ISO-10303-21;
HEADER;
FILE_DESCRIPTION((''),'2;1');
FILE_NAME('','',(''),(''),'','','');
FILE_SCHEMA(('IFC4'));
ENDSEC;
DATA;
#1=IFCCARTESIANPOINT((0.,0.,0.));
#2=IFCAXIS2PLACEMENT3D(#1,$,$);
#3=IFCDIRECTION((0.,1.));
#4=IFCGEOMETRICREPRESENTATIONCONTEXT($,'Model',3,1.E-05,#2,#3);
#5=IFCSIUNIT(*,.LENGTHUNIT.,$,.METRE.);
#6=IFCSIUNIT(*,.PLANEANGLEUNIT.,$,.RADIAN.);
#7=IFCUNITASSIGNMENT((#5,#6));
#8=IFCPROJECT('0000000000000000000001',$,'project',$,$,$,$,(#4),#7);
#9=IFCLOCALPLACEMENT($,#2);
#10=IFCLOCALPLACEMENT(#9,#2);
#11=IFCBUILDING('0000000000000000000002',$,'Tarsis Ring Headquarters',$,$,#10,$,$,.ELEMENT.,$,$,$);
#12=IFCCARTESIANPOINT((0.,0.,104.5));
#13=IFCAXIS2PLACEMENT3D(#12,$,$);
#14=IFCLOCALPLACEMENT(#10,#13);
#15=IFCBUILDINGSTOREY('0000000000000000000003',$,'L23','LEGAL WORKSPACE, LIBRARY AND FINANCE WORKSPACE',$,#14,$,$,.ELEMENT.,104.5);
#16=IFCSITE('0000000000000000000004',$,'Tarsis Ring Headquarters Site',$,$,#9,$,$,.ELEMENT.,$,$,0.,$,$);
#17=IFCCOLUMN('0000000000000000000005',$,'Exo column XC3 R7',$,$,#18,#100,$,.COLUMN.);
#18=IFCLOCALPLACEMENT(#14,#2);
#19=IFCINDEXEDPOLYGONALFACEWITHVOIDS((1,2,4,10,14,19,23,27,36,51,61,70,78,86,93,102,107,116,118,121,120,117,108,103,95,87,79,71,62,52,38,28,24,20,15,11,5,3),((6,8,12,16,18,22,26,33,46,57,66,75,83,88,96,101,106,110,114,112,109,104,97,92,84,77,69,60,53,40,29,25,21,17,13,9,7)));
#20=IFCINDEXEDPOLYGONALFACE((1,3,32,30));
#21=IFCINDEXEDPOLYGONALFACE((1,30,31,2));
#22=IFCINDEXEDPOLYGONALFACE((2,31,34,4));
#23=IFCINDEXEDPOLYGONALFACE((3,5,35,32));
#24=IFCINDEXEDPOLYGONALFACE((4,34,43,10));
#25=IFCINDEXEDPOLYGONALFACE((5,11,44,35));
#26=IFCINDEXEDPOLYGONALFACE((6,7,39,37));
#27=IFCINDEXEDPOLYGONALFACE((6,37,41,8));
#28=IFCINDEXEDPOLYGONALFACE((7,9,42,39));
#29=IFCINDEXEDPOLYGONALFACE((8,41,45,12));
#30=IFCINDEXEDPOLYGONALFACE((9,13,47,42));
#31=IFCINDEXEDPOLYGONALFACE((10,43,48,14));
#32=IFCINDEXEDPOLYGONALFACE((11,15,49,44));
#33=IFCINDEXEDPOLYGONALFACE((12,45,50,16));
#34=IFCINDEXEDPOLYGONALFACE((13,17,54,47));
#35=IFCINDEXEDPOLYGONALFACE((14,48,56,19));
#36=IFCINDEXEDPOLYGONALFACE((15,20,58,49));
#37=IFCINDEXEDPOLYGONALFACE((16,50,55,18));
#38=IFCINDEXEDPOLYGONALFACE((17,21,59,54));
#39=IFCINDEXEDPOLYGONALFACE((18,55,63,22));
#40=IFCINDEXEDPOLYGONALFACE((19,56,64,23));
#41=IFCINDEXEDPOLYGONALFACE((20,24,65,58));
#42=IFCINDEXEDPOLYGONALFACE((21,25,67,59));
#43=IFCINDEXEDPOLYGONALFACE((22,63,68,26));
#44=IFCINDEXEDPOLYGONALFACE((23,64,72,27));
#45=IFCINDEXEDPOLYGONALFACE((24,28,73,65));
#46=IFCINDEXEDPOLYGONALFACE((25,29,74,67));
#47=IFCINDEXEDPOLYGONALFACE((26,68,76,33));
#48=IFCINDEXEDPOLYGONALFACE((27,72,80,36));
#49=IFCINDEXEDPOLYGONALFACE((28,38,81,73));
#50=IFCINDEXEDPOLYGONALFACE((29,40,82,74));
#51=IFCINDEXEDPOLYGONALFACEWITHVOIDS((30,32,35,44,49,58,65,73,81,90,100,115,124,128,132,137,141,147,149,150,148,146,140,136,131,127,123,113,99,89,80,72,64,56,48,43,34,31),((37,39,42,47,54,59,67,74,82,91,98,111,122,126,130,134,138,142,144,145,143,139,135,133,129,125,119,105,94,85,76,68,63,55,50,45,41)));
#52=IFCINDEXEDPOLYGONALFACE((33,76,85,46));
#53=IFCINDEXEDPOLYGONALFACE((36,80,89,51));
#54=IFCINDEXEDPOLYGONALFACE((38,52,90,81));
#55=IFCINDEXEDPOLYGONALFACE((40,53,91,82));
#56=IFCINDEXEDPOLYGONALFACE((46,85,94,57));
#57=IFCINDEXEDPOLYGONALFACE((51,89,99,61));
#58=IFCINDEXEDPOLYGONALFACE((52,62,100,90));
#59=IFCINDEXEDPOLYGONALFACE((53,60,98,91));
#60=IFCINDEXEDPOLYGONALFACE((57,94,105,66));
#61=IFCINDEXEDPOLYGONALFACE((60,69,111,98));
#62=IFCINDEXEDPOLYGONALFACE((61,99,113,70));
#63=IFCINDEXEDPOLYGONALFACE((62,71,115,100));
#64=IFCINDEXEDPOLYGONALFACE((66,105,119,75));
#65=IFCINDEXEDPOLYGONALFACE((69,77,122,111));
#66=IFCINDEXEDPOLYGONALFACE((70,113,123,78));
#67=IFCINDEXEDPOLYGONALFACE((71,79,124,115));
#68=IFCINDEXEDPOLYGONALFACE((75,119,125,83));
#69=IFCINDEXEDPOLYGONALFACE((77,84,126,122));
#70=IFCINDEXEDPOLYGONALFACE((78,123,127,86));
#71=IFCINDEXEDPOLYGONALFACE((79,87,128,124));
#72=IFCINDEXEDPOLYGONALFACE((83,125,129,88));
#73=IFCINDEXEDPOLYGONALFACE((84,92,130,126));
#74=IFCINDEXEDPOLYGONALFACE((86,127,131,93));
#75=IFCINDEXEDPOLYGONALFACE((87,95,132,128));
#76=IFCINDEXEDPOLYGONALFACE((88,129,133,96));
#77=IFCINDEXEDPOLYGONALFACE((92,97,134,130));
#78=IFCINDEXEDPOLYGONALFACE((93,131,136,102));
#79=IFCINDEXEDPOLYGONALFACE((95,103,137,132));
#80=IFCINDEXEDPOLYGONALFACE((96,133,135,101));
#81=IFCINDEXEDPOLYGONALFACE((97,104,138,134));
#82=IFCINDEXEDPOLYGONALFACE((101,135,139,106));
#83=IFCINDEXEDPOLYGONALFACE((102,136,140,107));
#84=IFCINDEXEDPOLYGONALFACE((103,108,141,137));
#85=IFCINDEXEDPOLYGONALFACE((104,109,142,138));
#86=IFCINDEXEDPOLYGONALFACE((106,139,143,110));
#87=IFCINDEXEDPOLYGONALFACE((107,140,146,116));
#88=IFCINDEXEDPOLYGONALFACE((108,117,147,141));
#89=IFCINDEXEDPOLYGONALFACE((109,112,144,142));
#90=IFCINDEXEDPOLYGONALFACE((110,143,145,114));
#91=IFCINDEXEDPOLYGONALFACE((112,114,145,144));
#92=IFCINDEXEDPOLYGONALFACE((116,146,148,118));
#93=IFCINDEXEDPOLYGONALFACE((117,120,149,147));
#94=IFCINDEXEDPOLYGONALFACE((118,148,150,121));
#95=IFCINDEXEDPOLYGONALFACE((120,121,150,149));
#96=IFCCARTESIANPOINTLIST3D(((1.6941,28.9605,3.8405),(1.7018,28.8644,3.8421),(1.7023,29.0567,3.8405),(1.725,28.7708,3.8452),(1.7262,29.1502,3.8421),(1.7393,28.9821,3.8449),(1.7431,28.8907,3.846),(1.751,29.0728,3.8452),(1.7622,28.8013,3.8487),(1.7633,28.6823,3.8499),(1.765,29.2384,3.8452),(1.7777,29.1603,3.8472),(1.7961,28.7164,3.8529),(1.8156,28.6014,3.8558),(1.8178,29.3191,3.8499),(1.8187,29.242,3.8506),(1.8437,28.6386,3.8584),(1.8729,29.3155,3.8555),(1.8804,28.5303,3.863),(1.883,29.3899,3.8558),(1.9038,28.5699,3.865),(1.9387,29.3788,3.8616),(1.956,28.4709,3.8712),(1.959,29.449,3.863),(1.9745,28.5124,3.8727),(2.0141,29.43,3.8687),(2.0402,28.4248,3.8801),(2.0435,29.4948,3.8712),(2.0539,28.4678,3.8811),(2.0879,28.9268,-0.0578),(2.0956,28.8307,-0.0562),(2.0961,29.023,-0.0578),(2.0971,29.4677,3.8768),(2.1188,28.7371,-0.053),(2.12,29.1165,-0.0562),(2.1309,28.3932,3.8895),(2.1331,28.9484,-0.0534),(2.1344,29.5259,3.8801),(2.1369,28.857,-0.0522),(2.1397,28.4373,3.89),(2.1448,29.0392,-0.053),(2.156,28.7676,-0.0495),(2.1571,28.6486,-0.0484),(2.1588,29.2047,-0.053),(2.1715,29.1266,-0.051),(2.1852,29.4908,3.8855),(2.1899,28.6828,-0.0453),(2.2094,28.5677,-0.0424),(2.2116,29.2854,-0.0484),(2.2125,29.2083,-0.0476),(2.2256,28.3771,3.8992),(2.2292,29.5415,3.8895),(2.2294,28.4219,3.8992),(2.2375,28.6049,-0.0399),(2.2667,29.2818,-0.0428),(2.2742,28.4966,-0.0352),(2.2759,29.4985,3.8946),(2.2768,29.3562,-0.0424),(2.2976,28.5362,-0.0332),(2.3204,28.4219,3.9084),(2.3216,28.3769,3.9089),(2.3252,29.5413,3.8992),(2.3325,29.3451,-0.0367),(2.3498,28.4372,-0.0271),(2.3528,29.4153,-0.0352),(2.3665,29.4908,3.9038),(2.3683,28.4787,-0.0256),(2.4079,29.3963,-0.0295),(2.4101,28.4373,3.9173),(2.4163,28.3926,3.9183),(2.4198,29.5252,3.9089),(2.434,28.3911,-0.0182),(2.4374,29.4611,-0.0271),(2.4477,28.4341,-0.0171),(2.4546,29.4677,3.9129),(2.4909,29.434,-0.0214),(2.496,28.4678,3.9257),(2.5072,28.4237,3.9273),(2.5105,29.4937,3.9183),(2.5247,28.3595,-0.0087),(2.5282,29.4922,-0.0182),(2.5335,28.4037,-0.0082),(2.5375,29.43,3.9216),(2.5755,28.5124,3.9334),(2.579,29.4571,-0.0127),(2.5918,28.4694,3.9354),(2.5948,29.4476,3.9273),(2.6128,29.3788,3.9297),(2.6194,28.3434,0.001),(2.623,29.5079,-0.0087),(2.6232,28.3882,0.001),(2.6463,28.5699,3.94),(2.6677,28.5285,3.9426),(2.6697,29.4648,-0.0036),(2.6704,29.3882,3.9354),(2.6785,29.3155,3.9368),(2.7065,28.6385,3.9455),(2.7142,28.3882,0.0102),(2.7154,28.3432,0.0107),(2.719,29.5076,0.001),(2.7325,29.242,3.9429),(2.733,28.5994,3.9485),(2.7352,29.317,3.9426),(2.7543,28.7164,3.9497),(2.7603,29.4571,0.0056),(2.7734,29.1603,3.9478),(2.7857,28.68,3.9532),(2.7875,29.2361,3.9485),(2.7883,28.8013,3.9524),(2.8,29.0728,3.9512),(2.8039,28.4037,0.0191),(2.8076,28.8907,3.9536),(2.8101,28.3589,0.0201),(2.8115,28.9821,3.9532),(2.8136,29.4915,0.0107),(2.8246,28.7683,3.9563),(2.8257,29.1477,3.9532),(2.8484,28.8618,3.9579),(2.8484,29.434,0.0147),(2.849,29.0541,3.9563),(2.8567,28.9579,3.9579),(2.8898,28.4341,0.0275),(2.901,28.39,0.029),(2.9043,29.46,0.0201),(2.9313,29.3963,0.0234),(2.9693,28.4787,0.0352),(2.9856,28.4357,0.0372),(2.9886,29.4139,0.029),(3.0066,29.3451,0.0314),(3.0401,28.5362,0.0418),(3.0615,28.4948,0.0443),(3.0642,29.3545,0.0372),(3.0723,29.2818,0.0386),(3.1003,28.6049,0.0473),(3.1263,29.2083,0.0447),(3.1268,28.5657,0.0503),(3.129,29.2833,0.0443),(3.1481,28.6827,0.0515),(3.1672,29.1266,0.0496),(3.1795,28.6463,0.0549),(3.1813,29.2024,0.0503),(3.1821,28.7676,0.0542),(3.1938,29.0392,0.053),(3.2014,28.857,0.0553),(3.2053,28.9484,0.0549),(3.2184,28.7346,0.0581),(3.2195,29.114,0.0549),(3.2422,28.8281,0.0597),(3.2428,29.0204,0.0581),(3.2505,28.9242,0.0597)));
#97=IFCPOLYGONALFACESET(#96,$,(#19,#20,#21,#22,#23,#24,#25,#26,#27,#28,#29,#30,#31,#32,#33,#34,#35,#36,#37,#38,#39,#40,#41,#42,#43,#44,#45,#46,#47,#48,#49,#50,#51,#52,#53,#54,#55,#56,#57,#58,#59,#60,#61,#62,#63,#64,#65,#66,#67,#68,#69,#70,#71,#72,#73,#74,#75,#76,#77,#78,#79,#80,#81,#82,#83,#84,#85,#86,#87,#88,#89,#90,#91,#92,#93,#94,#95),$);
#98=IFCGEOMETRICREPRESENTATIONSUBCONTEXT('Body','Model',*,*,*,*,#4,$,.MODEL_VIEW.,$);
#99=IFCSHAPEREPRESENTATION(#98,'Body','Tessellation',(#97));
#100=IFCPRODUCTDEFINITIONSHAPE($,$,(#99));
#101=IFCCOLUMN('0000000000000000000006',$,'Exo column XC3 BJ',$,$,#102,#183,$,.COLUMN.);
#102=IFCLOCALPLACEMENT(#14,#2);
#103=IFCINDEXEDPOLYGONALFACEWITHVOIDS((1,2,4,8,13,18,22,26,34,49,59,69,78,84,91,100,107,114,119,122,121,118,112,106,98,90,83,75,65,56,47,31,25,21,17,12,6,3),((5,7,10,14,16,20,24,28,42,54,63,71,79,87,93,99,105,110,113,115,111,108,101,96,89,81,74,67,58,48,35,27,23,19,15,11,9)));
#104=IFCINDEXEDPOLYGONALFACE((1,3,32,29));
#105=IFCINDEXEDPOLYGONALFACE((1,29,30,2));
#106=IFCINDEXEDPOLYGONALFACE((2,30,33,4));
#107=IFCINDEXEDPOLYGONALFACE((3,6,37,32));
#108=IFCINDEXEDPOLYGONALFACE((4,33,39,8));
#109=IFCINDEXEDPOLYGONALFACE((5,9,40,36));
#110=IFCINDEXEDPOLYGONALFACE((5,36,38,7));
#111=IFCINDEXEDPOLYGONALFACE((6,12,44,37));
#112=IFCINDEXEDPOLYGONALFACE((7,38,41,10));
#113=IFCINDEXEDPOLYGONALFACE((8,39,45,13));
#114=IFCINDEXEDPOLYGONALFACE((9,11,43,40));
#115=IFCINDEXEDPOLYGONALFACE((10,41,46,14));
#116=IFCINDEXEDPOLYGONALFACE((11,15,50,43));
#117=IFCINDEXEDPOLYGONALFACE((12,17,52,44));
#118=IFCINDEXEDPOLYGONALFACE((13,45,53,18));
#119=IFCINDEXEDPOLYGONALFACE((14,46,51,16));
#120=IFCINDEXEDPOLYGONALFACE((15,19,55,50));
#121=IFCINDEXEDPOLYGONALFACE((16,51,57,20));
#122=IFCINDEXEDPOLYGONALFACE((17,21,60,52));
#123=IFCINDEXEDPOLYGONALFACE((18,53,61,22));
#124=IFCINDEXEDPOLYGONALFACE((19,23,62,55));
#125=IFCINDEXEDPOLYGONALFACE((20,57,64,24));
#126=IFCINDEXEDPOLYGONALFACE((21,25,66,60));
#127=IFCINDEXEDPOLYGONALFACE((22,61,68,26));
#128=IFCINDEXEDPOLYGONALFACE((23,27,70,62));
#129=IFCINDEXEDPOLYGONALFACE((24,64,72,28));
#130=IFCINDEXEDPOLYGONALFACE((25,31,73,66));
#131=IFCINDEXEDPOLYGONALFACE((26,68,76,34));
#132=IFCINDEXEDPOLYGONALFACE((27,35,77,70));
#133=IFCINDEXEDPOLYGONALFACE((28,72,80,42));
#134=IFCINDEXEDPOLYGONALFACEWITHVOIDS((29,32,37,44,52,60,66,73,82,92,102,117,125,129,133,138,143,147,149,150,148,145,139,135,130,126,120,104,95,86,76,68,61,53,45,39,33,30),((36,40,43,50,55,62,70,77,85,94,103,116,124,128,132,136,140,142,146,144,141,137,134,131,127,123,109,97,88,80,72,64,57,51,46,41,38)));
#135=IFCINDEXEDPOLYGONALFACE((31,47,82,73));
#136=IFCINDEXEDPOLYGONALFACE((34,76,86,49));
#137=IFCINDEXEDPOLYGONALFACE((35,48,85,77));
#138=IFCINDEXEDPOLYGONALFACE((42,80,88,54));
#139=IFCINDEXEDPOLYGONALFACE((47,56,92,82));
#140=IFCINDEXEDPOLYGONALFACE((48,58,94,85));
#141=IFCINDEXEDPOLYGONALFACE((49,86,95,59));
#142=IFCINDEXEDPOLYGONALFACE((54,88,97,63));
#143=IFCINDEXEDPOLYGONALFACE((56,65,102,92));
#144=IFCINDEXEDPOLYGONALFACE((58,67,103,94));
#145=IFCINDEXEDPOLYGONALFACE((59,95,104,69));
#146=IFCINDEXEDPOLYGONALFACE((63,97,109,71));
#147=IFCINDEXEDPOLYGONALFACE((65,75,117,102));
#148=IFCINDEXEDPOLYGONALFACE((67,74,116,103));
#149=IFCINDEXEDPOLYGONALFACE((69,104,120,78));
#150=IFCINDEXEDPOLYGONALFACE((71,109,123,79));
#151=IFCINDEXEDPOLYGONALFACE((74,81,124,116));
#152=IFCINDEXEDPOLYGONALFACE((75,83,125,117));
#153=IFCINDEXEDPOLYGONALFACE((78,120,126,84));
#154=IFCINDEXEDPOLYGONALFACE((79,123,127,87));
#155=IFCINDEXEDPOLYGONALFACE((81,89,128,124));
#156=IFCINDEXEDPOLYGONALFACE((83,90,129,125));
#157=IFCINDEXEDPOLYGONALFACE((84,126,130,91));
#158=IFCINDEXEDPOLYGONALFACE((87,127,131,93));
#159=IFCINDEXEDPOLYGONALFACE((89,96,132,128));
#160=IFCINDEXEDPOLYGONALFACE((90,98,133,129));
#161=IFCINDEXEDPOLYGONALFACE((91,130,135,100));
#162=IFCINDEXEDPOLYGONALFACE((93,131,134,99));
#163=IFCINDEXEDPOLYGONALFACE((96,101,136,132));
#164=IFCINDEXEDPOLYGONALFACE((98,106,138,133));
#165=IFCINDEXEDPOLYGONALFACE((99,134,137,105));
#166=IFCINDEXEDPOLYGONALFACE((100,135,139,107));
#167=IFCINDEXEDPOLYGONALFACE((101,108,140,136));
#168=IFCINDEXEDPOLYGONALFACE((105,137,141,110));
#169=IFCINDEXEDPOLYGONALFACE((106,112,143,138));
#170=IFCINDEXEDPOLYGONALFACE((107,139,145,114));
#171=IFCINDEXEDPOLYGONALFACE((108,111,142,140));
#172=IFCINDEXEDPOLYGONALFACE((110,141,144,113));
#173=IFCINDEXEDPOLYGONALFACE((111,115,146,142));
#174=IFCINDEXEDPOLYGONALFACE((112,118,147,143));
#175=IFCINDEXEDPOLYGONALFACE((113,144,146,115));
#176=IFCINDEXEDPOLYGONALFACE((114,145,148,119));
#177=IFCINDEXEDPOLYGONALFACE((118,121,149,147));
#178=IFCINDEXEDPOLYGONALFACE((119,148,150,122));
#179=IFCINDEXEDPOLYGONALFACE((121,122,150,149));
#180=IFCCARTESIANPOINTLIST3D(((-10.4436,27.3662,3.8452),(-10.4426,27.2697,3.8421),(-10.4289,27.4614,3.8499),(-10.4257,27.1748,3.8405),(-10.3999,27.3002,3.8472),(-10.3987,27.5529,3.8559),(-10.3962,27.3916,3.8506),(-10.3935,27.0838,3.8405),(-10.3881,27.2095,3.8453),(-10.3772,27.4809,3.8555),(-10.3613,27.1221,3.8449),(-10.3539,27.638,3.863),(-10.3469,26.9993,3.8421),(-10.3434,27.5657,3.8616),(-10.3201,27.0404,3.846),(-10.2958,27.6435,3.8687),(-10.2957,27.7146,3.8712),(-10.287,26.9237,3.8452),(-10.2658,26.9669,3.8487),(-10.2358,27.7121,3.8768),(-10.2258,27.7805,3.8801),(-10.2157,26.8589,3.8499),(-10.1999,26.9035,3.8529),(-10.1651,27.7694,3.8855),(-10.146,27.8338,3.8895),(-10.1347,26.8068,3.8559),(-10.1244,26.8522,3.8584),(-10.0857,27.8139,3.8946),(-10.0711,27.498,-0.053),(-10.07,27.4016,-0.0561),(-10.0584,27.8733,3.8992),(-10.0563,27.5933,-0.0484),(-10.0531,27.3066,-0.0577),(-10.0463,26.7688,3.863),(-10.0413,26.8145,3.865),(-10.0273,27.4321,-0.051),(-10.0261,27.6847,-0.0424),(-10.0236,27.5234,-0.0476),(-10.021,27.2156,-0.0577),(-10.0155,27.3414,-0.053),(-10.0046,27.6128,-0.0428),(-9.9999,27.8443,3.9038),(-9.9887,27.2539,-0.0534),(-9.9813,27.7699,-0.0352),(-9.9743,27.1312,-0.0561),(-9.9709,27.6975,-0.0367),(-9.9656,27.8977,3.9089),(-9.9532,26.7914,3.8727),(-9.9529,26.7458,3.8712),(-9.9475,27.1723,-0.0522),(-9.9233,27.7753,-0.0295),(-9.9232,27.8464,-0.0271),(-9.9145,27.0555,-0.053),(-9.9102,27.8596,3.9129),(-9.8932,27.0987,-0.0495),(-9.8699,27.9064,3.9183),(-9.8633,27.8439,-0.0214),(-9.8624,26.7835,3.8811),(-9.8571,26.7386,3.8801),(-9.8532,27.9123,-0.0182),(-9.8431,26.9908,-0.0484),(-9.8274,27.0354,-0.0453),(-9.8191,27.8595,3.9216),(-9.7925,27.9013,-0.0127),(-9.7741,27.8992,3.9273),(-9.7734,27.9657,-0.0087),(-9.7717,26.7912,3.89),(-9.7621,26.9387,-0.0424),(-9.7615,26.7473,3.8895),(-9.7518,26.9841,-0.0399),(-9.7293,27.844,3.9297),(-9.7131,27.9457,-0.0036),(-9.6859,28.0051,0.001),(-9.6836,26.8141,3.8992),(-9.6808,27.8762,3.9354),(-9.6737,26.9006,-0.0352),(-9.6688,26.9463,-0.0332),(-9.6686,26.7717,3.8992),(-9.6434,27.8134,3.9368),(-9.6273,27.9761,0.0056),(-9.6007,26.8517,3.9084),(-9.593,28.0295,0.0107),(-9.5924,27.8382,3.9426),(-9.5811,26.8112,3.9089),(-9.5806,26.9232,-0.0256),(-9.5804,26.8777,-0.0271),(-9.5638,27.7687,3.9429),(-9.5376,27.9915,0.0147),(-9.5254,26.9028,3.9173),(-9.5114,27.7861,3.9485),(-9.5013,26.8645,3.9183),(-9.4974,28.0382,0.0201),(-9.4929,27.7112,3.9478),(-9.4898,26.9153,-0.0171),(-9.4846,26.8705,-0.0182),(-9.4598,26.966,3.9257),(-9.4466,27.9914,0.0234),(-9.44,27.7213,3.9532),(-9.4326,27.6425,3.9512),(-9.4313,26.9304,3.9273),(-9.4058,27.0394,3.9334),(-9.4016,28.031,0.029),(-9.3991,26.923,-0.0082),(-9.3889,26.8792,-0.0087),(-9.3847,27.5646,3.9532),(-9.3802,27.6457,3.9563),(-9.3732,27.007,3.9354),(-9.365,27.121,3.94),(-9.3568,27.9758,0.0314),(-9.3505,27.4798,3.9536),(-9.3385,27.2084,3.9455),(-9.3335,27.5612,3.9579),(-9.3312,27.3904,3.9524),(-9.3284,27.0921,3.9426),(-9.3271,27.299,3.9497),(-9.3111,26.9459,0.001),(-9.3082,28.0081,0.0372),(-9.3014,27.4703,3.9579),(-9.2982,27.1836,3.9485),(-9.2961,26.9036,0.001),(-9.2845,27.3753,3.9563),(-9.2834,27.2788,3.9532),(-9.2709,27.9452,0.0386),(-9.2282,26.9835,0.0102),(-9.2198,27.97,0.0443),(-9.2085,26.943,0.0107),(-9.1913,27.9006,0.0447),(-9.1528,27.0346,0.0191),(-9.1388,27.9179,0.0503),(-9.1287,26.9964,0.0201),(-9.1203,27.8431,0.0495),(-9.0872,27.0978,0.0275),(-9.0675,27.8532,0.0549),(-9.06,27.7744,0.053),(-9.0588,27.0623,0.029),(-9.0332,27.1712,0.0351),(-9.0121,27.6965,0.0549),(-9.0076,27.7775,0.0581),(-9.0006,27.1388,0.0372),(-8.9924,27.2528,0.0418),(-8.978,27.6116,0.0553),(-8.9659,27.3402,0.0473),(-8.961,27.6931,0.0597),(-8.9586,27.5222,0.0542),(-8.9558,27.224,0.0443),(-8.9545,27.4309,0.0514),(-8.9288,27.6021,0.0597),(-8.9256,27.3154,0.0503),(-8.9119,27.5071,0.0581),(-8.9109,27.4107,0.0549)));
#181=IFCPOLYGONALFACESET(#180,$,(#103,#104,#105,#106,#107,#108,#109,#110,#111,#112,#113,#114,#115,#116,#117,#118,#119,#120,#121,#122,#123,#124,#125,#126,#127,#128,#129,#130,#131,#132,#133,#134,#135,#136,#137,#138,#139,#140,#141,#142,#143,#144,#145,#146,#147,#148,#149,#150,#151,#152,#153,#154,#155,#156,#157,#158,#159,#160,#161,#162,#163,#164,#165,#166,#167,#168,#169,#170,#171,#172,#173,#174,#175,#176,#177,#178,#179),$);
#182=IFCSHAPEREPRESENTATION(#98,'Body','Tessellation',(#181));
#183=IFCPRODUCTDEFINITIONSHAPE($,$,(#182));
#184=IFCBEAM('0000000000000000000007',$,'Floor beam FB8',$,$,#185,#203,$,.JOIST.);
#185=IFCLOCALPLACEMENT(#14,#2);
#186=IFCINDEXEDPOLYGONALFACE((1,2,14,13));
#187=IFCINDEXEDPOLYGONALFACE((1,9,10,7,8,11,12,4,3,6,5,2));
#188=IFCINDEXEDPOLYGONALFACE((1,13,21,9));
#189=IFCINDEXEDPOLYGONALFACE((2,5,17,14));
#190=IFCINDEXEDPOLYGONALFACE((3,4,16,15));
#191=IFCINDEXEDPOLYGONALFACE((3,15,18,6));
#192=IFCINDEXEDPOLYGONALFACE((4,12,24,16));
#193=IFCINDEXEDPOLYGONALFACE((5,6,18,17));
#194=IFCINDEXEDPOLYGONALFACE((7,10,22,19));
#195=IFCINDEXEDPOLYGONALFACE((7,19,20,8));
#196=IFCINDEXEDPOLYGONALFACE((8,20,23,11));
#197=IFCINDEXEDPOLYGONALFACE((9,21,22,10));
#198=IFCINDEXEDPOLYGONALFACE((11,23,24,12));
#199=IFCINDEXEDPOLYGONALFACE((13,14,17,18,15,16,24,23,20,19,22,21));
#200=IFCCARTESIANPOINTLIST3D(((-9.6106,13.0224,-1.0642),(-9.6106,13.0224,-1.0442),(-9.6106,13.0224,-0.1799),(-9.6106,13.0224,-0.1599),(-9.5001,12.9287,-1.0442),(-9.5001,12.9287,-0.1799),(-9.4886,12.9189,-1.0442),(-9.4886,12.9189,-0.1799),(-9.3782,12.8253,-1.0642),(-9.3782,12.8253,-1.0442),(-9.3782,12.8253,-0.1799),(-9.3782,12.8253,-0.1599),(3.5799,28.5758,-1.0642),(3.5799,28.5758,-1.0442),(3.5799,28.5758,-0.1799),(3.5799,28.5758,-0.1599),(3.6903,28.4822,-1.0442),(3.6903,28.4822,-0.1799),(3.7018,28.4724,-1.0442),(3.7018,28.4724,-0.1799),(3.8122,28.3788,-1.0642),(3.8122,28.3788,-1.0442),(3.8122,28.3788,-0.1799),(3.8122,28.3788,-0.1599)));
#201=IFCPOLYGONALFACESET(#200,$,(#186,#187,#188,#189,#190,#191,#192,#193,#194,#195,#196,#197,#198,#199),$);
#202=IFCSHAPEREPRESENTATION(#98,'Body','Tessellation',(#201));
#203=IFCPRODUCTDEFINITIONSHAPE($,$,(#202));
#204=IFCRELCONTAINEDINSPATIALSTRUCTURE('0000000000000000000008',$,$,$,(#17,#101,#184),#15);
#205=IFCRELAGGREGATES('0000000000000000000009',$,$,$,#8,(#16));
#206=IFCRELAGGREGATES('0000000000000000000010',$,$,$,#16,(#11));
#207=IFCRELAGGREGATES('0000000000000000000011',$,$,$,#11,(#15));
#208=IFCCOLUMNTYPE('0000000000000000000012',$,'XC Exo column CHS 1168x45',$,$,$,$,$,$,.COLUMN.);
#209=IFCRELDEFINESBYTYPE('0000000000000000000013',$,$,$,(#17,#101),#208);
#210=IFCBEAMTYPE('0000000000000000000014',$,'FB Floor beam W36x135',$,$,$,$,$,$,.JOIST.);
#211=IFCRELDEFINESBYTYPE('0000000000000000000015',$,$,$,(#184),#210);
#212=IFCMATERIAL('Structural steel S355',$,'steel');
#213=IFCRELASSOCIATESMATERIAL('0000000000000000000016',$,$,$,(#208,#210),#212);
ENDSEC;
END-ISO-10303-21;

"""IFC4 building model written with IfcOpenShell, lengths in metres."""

from ifc_helpers import new_model, si_unit, direction, frame, origin, origin_2d, place, context, subcontext, project, spatial, hollow_circle, i_section, extrude, material, material_profile, profile_set, type_object, element, save


model = new_model("IFC4")

# Units and contexts
model_context = context("Model", 3, precision=1e-05, world=origin(), true_north=direction((0.0, 1.0)))
body_context = subcontext(model_context, "Body", "Model", "MODEL_VIEW")
ifc_project = project(units=[si_unit("LENGTHUNIT", "METRE"), si_unit("PLANEANGLEUNIT", "RADIAN")], contexts=[model_context])

# Site, building, storey
site_placement = place(None, origin())
site = spatial("IfcSite", under=ifc_project, at=site_placement, Name="Tarsis Ring Headquarters Site", CompositionType="ELEMENT", RefElevation=0.0)
building_placement = place(site_placement, origin())
building = spatial("IfcBuilding", under=site, at=building_placement, Name="Tarsis Ring Headquarters", CompositionType="ELEMENT")
storey_placement = place(building_placement, frame((0.0, 0.0, 104.5)))
storey = spatial("IfcBuildingStorey", under=building, at=storey_placement, Name="L23", Description="LEGAL WORKSPACE, LIBRARY AND FINANCE WORKSPACE", CompositionType="ELEMENT", Elevation=104.5)

# Columns
ifc_material_1 = material(Name="Structural steel S355", Category="steel")
ifc_material_profile_1 = material_profile(ifc_material_1, hollow_circle(Radius=0.5842, WallThickness=0.0449, at=origin_2d()), Name="CHS 1168x45")
ifc_profile_set_1 = profile_set([ifc_material_profile_1], Name="Structural steel S355")
column_type = type_object("IfcColumnType", Name="XC Exo column CHS 1168x45", PredefinedType="COLUMN", material=ifc_profile_set_1)
for number, where, z_axis, x_axis, name in (
    (1, (2.6692, 28.9255, 0.001), (-0.100506, 0.008599, 0.994899), (-0.085243, -0.99636, 0.0), "Exo column XC3 R7"),
    (2, (-9.491, 27.4543, 0.001), (-0.095085, -0.033647, 0.9949), (0.333596, -0.942716, 0.0), "Exo column XC3 BJ"),
):
    element("IfcColumn", number, at=place(storey_placement, frame(where, z_axis=z_axis, x_axis=x_axis)), inside=storey, type_object=column_type, Name=name, PredefinedType="COLUMN", context=body_context, shape_type="SweptSolid", body=[
        extrude(hollow_circle(Radius=0.5842, WallThickness=0.0449, at=origin_2d()), origin(), (0.0, 0.0, 1.0), 3.9182),
    ])

# Beam
ifc_material_profile_2 = material_profile(ifc_material_1, i_section(OverallWidth=0.3047, OverallDepth=0.9043, WebThickness=0.0151, FlangeThickness=0.02, at=origin_2d()), Name="W36x135")
ifc_profile_set_2 = profile_set([ifc_material_profile_2], Name="Structural steel S355")
beam_type_1 = type_object("IfcBeamType", Name="FB Floor beam W36x135", PredefinedType="JOIST", material=ifc_profile_set_2)
beam_1_placement = place(storey_placement, frame((3.696, 28.4773, -0.6121), z_axis=(-0.646794, -0.762665, 0.0), x_axis=(0.762665, -0.646794, 0.0)))
element("IfcBeam", 3, at=beam_1_placement, inside=storey, type_object=beam_type_1, Name="Floor beam FB8", PredefinedType="JOIST", context=body_context, shape_type="SweptSolid", body=[
    extrude(i_section(OverallWidth=0.3047, OverallDepth=0.9043, WebThickness=0.0151, FlangeThickness=0.02, at=origin_2d()), origin(), (0.0, 0.0, 1.0), 20.3936),
])

save(model, "model.ifc")
